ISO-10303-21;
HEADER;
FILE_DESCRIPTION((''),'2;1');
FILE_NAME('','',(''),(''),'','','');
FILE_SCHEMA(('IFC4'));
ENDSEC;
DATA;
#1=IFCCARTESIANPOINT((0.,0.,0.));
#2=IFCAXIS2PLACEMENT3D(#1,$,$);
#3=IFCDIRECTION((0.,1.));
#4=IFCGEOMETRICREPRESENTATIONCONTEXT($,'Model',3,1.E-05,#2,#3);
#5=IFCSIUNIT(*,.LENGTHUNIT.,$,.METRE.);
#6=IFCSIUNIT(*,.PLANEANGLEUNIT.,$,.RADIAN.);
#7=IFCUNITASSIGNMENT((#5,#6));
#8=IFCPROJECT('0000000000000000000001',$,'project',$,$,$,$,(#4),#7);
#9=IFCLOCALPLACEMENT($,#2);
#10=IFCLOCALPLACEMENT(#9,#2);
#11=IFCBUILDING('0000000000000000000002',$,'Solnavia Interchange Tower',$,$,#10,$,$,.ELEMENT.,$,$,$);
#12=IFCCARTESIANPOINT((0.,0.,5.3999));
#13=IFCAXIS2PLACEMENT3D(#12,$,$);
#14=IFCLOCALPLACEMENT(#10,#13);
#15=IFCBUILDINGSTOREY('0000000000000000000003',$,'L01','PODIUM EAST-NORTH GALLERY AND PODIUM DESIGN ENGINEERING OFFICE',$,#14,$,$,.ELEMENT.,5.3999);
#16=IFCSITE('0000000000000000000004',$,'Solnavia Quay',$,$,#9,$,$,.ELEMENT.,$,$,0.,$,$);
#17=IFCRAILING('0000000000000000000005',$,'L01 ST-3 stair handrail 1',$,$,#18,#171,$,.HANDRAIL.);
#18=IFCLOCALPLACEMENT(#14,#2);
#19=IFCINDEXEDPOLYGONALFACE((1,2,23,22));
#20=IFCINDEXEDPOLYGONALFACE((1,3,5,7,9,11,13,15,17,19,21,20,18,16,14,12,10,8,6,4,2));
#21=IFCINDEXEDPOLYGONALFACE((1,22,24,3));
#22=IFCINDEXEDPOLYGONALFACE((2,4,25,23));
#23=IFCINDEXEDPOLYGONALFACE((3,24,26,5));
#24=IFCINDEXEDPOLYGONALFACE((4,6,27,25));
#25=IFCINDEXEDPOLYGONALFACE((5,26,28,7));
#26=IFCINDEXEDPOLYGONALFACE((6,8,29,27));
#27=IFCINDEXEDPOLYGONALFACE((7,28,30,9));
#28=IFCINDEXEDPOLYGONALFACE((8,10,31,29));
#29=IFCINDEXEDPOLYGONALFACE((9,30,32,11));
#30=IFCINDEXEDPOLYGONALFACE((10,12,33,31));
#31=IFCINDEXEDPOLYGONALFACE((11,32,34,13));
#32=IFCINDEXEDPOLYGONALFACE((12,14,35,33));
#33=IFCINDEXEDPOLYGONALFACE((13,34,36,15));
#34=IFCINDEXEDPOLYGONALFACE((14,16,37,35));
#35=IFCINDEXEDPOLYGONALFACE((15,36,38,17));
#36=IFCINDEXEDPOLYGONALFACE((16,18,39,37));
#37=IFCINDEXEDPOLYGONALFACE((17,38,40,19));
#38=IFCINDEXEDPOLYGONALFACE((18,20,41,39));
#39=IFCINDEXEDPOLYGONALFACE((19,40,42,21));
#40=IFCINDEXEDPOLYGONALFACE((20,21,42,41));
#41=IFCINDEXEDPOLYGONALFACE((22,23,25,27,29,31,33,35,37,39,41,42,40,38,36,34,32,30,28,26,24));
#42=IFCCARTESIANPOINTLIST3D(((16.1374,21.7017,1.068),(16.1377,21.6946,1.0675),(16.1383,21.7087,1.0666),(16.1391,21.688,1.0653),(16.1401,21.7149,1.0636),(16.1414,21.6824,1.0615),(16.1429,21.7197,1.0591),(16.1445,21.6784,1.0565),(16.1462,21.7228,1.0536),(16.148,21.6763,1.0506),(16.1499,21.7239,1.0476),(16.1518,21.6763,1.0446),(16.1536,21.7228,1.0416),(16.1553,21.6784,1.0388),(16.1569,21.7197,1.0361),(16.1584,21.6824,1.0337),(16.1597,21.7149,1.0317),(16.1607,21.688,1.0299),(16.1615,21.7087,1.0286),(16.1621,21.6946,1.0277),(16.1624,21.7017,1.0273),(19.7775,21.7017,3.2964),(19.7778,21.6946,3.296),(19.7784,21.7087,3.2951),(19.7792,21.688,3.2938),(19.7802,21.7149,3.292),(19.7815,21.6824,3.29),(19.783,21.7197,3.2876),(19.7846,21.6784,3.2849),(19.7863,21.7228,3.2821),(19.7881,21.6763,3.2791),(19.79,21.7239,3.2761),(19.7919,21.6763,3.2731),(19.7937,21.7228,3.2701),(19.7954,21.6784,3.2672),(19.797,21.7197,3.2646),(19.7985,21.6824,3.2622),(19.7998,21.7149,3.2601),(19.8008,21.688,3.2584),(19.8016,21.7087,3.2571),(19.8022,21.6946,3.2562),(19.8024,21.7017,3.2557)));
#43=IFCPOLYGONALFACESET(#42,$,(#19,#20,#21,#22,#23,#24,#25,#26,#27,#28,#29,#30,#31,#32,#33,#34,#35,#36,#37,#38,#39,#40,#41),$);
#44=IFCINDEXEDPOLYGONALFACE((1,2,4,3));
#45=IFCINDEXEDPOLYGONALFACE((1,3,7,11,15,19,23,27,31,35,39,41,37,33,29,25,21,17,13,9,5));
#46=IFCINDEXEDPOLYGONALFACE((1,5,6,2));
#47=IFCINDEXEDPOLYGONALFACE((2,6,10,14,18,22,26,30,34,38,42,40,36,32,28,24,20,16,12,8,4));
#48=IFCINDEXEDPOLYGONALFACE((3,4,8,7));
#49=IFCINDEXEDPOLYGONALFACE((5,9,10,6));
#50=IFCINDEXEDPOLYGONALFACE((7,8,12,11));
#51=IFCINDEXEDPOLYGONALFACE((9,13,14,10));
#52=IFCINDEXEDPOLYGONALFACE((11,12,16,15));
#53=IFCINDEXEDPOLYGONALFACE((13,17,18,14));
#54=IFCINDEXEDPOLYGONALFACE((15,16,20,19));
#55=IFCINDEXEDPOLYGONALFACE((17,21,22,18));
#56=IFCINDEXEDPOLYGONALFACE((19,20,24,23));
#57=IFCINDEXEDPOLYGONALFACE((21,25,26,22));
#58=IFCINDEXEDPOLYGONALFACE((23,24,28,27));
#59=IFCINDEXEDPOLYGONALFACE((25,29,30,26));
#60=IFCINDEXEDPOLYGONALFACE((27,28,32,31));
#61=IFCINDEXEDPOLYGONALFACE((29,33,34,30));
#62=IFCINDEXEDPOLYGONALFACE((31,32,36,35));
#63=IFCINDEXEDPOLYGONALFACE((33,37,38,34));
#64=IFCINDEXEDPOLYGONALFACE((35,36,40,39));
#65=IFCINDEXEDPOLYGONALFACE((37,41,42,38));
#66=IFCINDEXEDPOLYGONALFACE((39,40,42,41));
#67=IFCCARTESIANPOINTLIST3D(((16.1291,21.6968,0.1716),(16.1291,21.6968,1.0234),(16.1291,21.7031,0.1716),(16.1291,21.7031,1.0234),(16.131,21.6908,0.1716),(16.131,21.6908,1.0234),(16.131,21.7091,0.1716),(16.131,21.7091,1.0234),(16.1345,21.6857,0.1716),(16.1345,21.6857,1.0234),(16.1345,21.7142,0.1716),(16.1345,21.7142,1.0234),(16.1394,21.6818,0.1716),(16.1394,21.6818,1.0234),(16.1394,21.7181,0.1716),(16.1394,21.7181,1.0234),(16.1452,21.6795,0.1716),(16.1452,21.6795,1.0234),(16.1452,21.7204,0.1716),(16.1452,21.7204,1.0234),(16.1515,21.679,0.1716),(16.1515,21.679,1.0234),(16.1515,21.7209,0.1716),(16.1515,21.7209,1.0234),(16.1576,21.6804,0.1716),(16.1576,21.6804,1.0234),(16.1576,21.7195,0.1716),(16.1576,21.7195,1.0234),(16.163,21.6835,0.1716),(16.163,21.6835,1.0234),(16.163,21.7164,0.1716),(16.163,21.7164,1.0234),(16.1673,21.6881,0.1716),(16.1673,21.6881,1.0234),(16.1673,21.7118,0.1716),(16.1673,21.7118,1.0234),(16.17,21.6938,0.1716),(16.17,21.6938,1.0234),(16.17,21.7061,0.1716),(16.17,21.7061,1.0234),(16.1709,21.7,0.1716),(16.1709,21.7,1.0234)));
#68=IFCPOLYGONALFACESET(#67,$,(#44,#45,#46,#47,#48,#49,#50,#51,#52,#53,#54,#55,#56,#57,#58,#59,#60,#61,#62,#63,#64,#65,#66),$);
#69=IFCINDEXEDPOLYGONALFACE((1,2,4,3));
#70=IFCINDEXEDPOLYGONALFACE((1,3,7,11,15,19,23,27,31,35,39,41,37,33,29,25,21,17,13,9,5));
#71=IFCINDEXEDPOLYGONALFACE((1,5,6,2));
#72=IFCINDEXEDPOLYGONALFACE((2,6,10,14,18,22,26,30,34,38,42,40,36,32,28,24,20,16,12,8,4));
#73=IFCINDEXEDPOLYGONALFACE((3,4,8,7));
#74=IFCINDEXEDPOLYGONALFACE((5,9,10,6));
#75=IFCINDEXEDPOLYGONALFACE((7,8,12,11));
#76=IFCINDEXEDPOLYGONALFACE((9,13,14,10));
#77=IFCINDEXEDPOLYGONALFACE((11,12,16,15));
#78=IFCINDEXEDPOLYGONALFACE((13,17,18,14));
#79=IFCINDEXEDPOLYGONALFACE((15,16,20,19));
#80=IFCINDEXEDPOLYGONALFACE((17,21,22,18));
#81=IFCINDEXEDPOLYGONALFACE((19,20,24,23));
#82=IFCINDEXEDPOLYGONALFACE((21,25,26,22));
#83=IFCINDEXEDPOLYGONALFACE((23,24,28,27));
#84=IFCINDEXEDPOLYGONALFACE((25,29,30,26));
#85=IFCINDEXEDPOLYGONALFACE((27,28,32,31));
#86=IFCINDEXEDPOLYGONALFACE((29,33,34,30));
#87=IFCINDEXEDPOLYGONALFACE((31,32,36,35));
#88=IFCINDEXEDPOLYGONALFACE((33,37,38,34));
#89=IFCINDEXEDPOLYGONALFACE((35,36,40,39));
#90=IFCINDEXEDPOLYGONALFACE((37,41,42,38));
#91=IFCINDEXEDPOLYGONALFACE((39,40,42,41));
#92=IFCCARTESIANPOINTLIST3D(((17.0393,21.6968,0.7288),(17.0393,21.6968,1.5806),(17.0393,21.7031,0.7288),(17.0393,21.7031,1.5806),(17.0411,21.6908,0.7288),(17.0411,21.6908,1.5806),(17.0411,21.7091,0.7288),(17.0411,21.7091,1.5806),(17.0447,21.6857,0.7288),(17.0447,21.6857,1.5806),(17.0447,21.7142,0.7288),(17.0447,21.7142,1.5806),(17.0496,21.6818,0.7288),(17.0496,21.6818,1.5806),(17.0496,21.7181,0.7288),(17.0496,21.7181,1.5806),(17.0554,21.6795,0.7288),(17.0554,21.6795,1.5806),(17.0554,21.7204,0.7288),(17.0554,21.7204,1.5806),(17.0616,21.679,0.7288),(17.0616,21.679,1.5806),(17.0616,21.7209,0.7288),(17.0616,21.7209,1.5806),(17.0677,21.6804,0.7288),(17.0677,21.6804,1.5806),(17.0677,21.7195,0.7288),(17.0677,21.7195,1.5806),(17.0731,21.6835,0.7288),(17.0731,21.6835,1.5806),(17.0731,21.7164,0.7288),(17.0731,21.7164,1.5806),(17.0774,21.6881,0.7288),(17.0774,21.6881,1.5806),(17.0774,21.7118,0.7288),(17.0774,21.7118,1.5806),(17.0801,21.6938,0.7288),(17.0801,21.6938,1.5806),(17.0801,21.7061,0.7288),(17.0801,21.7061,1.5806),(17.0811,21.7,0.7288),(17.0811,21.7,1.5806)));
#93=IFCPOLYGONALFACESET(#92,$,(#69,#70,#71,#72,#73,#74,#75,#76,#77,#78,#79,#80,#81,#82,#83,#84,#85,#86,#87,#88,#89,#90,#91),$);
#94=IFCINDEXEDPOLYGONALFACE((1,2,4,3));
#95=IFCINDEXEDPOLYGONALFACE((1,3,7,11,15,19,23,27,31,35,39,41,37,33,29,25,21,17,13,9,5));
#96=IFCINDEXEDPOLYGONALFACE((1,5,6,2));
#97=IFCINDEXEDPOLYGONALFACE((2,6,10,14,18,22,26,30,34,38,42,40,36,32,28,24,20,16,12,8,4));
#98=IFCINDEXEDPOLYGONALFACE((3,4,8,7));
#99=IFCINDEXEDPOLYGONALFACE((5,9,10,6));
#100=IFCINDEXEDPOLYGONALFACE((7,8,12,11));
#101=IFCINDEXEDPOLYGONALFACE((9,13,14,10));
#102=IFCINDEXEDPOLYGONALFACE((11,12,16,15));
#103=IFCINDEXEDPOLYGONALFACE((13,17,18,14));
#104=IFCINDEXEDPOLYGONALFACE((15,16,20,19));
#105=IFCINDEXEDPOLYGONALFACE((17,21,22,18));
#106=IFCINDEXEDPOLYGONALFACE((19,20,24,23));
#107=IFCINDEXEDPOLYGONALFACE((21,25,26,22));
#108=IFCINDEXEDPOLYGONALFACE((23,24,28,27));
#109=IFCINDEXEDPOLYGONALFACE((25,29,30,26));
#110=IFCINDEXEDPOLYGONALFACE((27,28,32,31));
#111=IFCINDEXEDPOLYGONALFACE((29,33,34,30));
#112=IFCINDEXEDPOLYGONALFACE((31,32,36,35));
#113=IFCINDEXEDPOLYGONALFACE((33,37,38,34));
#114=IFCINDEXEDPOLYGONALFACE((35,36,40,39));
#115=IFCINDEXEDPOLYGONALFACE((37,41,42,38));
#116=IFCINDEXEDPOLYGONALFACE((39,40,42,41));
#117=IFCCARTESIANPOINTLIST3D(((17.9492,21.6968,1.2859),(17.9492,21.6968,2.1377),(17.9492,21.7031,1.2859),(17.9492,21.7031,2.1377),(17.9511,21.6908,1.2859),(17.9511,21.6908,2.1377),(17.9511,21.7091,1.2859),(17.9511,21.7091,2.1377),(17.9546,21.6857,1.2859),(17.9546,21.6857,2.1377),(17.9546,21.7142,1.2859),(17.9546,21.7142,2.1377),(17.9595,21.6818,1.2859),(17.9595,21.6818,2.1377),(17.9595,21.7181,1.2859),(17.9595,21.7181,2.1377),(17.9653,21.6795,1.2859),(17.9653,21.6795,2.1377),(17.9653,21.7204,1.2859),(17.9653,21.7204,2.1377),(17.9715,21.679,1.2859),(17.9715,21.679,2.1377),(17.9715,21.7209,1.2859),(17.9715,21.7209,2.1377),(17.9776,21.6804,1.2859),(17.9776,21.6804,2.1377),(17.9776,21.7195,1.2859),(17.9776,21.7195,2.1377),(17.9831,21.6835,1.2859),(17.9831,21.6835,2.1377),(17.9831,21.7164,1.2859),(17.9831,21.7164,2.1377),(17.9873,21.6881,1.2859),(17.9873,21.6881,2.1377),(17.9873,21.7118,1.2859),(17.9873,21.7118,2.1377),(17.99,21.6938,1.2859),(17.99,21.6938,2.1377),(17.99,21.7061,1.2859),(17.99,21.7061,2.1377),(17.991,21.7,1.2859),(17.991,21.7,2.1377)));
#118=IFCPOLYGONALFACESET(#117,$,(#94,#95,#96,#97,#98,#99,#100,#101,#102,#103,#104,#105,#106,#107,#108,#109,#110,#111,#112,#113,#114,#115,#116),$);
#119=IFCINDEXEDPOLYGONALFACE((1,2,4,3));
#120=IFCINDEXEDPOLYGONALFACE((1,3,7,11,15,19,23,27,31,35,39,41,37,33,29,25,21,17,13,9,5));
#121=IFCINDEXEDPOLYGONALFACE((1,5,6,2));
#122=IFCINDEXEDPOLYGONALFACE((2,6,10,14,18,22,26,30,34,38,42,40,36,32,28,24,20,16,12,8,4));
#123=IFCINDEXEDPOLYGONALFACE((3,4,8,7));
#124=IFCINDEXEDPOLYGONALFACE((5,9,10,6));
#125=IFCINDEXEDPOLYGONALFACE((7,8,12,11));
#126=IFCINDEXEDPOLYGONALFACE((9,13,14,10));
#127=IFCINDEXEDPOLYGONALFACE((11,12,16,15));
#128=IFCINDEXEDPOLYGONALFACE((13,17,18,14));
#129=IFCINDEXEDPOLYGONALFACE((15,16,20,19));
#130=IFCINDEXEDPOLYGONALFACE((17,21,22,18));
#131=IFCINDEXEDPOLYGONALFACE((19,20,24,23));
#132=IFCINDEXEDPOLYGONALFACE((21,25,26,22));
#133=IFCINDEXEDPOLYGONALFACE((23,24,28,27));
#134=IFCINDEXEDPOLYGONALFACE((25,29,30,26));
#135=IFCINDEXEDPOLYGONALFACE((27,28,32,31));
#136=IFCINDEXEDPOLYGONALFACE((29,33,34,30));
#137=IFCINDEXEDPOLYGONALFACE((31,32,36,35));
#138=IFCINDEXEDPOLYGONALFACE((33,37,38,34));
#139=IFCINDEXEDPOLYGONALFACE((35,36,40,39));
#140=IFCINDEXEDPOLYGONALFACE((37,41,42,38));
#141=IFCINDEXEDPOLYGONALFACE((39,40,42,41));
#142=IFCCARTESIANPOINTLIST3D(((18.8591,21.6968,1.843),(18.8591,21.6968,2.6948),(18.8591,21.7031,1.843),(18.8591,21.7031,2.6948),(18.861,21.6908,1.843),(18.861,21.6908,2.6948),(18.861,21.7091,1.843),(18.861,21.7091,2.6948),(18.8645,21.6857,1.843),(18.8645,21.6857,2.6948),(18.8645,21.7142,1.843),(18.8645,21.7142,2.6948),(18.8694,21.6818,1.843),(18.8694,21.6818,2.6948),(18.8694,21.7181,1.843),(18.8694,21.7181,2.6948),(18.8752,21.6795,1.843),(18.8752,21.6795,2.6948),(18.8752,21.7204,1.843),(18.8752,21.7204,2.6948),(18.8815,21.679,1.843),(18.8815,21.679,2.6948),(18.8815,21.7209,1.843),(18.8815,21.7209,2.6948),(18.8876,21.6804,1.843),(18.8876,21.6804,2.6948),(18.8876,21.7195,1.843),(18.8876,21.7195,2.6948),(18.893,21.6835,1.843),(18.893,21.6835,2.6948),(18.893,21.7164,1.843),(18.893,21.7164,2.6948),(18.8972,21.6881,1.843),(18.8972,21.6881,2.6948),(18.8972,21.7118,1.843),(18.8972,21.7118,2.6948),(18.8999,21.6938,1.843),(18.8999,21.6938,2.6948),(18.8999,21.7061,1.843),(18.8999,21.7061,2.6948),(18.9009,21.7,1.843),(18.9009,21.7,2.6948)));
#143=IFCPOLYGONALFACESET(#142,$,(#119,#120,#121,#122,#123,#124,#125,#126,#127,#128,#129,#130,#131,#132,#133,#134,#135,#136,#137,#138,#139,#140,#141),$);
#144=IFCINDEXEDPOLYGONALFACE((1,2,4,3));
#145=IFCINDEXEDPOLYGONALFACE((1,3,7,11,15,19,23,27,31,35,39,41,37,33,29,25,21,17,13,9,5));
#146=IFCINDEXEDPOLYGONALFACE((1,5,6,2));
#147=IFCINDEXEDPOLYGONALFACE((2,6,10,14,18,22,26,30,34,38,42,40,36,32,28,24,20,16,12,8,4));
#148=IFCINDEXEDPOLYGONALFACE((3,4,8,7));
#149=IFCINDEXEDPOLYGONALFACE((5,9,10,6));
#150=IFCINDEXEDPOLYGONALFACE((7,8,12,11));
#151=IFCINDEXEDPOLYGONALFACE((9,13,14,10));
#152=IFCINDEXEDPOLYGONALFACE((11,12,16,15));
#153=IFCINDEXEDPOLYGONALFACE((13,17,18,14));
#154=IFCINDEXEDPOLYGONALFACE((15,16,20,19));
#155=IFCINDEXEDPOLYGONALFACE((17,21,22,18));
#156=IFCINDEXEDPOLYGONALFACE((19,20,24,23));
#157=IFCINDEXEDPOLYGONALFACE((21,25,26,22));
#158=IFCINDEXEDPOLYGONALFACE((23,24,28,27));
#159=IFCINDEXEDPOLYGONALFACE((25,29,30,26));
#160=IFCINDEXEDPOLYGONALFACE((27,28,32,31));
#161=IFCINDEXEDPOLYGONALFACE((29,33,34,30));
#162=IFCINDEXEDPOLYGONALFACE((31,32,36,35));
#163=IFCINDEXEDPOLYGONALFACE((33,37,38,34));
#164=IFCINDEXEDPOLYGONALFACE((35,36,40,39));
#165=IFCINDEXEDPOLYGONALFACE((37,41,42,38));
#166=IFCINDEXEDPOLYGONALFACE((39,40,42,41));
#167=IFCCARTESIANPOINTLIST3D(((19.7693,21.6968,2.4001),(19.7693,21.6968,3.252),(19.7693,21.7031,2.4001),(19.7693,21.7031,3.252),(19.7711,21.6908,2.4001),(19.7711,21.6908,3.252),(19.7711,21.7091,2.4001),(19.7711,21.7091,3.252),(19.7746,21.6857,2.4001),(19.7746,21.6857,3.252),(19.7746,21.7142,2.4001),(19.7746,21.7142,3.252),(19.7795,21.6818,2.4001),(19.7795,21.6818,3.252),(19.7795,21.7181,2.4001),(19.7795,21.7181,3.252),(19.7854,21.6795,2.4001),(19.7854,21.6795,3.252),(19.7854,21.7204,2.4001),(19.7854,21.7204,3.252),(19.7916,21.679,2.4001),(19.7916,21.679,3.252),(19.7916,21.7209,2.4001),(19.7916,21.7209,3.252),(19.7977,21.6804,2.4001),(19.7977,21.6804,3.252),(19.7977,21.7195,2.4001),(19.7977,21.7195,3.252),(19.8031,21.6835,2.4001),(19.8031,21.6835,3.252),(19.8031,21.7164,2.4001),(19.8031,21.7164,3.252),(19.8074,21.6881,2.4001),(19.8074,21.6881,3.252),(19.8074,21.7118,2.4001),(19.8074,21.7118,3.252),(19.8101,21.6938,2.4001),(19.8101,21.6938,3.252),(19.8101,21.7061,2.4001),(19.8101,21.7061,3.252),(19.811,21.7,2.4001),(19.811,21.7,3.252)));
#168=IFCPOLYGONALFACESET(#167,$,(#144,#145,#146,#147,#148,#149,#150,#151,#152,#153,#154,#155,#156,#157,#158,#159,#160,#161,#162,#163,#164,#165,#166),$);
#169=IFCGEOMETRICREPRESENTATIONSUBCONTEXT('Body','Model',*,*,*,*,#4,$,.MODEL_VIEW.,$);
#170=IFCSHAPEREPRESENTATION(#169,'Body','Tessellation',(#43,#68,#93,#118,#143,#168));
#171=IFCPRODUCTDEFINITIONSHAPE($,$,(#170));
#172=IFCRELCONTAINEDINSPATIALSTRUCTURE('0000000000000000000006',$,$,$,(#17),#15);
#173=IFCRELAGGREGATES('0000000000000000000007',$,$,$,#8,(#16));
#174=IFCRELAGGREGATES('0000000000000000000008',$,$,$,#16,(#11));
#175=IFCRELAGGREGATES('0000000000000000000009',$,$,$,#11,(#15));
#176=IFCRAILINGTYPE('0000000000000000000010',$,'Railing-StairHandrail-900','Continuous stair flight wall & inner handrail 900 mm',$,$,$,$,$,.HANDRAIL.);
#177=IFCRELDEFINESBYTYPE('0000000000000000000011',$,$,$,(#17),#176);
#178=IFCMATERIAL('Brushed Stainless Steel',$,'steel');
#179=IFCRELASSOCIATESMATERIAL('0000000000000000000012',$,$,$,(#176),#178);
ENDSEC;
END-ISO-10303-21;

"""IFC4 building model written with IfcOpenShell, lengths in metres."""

from ifc_helpers import new_model, si_unit, direction, frame, origin, origin_2d, place, context, subcontext, project, spatial, circle, extrude, material, type_object, element, save


model = new_model("IFC4")

# Units and contexts
model_context = context("Model", 3, precision=1e-05, world=origin(), true_north=direction((0.0, 1.0)))
body_context = subcontext(model_context, "Body", "Model", "MODEL_VIEW")
ifc_project = project(units=[si_unit("LENGTHUNIT", "METRE"), si_unit("PLANEANGLEUNIT", "RADIAN")], contexts=[model_context])

# Site, building, storey
site_placement = place(None, origin())
site = spatial("IfcSite", under=ifc_project, at=site_placement, Name="Solnavia Quay", CompositionType="ELEMENT", RefElevation=0.0)
building_placement = place(site_placement, origin())
building = spatial("IfcBuilding", under=site, at=building_placement, Name="Solnavia Interchange Tower", CompositionType="ELEMENT")
storey_placement = place(building_placement, frame((0.0, 0.0, 5.3999)))
storey = spatial("IfcBuildingStorey", under=building, at=storey_placement, Name="L01", Description="PODIUM EAST-NORTH GALLERY AND PODIUM DESIGN ENGINEERING OFFICE", CompositionType="ELEMENT", Elevation=5.3999)

# Railing
ifc_material_1 = material(Name="Brushed Stainless Steel", Category="steel")
railing_type_1 = type_object("IfcRailingType", Name="Railing-StairHandrail-900", Description="Continuous stair flight wall & inner handrail 900 mm", PredefinedType="HANDRAIL", material=ifc_material_1)
railing_1_placement = place(storey_placement, frame((16.1499, 21.7, 0.1716)))
element("IfcRailing", 1, at=railing_1_placement, inside=storey, type_object=railing_type_1, Name="L01 ST-3 stair handrail 1", PredefinedType="HANDRAIL", context=body_context, shape_type="SweptSolid", body=[
    extrude(circle(Radius=0.0239, at=origin_2d()), frame((0.0, 0.0, 0.876), z_axis=(0.852866, 0.0, 0.52213), x_axis=(0.0, 1.0, 0.0)), (0.0, 0.0, 1.0), 4.2681),
    extrude(circle(Radius=0.021, at=origin_2d()), origin(), (0.0, 0.0, 1.0), 0.8518),
    extrude(circle(Radius=0.021, at=origin_2d()), frame((0.9102, 0.0, 0.5571)), (0.0, 0.0, 1.0), 0.8518),
    extrude(circle(Radius=0.021, at=origin_2d()), frame((1.8201, 0.0, 1.1143)), (0.0, 0.0, 1.0), 0.8518),
    extrude(circle(Radius=0.021, at=origin_2d()), frame((2.73, 0.0, 1.6714)), (0.0, 0.0, 1.0), 0.8518),
    extrude(circle(Radius=0.021, at=origin_2d()), frame((3.6401, 0.0, 2.2285)), (0.0, 0.0, 1.0), 0.8518),
])

save(model, "model.ifc")
